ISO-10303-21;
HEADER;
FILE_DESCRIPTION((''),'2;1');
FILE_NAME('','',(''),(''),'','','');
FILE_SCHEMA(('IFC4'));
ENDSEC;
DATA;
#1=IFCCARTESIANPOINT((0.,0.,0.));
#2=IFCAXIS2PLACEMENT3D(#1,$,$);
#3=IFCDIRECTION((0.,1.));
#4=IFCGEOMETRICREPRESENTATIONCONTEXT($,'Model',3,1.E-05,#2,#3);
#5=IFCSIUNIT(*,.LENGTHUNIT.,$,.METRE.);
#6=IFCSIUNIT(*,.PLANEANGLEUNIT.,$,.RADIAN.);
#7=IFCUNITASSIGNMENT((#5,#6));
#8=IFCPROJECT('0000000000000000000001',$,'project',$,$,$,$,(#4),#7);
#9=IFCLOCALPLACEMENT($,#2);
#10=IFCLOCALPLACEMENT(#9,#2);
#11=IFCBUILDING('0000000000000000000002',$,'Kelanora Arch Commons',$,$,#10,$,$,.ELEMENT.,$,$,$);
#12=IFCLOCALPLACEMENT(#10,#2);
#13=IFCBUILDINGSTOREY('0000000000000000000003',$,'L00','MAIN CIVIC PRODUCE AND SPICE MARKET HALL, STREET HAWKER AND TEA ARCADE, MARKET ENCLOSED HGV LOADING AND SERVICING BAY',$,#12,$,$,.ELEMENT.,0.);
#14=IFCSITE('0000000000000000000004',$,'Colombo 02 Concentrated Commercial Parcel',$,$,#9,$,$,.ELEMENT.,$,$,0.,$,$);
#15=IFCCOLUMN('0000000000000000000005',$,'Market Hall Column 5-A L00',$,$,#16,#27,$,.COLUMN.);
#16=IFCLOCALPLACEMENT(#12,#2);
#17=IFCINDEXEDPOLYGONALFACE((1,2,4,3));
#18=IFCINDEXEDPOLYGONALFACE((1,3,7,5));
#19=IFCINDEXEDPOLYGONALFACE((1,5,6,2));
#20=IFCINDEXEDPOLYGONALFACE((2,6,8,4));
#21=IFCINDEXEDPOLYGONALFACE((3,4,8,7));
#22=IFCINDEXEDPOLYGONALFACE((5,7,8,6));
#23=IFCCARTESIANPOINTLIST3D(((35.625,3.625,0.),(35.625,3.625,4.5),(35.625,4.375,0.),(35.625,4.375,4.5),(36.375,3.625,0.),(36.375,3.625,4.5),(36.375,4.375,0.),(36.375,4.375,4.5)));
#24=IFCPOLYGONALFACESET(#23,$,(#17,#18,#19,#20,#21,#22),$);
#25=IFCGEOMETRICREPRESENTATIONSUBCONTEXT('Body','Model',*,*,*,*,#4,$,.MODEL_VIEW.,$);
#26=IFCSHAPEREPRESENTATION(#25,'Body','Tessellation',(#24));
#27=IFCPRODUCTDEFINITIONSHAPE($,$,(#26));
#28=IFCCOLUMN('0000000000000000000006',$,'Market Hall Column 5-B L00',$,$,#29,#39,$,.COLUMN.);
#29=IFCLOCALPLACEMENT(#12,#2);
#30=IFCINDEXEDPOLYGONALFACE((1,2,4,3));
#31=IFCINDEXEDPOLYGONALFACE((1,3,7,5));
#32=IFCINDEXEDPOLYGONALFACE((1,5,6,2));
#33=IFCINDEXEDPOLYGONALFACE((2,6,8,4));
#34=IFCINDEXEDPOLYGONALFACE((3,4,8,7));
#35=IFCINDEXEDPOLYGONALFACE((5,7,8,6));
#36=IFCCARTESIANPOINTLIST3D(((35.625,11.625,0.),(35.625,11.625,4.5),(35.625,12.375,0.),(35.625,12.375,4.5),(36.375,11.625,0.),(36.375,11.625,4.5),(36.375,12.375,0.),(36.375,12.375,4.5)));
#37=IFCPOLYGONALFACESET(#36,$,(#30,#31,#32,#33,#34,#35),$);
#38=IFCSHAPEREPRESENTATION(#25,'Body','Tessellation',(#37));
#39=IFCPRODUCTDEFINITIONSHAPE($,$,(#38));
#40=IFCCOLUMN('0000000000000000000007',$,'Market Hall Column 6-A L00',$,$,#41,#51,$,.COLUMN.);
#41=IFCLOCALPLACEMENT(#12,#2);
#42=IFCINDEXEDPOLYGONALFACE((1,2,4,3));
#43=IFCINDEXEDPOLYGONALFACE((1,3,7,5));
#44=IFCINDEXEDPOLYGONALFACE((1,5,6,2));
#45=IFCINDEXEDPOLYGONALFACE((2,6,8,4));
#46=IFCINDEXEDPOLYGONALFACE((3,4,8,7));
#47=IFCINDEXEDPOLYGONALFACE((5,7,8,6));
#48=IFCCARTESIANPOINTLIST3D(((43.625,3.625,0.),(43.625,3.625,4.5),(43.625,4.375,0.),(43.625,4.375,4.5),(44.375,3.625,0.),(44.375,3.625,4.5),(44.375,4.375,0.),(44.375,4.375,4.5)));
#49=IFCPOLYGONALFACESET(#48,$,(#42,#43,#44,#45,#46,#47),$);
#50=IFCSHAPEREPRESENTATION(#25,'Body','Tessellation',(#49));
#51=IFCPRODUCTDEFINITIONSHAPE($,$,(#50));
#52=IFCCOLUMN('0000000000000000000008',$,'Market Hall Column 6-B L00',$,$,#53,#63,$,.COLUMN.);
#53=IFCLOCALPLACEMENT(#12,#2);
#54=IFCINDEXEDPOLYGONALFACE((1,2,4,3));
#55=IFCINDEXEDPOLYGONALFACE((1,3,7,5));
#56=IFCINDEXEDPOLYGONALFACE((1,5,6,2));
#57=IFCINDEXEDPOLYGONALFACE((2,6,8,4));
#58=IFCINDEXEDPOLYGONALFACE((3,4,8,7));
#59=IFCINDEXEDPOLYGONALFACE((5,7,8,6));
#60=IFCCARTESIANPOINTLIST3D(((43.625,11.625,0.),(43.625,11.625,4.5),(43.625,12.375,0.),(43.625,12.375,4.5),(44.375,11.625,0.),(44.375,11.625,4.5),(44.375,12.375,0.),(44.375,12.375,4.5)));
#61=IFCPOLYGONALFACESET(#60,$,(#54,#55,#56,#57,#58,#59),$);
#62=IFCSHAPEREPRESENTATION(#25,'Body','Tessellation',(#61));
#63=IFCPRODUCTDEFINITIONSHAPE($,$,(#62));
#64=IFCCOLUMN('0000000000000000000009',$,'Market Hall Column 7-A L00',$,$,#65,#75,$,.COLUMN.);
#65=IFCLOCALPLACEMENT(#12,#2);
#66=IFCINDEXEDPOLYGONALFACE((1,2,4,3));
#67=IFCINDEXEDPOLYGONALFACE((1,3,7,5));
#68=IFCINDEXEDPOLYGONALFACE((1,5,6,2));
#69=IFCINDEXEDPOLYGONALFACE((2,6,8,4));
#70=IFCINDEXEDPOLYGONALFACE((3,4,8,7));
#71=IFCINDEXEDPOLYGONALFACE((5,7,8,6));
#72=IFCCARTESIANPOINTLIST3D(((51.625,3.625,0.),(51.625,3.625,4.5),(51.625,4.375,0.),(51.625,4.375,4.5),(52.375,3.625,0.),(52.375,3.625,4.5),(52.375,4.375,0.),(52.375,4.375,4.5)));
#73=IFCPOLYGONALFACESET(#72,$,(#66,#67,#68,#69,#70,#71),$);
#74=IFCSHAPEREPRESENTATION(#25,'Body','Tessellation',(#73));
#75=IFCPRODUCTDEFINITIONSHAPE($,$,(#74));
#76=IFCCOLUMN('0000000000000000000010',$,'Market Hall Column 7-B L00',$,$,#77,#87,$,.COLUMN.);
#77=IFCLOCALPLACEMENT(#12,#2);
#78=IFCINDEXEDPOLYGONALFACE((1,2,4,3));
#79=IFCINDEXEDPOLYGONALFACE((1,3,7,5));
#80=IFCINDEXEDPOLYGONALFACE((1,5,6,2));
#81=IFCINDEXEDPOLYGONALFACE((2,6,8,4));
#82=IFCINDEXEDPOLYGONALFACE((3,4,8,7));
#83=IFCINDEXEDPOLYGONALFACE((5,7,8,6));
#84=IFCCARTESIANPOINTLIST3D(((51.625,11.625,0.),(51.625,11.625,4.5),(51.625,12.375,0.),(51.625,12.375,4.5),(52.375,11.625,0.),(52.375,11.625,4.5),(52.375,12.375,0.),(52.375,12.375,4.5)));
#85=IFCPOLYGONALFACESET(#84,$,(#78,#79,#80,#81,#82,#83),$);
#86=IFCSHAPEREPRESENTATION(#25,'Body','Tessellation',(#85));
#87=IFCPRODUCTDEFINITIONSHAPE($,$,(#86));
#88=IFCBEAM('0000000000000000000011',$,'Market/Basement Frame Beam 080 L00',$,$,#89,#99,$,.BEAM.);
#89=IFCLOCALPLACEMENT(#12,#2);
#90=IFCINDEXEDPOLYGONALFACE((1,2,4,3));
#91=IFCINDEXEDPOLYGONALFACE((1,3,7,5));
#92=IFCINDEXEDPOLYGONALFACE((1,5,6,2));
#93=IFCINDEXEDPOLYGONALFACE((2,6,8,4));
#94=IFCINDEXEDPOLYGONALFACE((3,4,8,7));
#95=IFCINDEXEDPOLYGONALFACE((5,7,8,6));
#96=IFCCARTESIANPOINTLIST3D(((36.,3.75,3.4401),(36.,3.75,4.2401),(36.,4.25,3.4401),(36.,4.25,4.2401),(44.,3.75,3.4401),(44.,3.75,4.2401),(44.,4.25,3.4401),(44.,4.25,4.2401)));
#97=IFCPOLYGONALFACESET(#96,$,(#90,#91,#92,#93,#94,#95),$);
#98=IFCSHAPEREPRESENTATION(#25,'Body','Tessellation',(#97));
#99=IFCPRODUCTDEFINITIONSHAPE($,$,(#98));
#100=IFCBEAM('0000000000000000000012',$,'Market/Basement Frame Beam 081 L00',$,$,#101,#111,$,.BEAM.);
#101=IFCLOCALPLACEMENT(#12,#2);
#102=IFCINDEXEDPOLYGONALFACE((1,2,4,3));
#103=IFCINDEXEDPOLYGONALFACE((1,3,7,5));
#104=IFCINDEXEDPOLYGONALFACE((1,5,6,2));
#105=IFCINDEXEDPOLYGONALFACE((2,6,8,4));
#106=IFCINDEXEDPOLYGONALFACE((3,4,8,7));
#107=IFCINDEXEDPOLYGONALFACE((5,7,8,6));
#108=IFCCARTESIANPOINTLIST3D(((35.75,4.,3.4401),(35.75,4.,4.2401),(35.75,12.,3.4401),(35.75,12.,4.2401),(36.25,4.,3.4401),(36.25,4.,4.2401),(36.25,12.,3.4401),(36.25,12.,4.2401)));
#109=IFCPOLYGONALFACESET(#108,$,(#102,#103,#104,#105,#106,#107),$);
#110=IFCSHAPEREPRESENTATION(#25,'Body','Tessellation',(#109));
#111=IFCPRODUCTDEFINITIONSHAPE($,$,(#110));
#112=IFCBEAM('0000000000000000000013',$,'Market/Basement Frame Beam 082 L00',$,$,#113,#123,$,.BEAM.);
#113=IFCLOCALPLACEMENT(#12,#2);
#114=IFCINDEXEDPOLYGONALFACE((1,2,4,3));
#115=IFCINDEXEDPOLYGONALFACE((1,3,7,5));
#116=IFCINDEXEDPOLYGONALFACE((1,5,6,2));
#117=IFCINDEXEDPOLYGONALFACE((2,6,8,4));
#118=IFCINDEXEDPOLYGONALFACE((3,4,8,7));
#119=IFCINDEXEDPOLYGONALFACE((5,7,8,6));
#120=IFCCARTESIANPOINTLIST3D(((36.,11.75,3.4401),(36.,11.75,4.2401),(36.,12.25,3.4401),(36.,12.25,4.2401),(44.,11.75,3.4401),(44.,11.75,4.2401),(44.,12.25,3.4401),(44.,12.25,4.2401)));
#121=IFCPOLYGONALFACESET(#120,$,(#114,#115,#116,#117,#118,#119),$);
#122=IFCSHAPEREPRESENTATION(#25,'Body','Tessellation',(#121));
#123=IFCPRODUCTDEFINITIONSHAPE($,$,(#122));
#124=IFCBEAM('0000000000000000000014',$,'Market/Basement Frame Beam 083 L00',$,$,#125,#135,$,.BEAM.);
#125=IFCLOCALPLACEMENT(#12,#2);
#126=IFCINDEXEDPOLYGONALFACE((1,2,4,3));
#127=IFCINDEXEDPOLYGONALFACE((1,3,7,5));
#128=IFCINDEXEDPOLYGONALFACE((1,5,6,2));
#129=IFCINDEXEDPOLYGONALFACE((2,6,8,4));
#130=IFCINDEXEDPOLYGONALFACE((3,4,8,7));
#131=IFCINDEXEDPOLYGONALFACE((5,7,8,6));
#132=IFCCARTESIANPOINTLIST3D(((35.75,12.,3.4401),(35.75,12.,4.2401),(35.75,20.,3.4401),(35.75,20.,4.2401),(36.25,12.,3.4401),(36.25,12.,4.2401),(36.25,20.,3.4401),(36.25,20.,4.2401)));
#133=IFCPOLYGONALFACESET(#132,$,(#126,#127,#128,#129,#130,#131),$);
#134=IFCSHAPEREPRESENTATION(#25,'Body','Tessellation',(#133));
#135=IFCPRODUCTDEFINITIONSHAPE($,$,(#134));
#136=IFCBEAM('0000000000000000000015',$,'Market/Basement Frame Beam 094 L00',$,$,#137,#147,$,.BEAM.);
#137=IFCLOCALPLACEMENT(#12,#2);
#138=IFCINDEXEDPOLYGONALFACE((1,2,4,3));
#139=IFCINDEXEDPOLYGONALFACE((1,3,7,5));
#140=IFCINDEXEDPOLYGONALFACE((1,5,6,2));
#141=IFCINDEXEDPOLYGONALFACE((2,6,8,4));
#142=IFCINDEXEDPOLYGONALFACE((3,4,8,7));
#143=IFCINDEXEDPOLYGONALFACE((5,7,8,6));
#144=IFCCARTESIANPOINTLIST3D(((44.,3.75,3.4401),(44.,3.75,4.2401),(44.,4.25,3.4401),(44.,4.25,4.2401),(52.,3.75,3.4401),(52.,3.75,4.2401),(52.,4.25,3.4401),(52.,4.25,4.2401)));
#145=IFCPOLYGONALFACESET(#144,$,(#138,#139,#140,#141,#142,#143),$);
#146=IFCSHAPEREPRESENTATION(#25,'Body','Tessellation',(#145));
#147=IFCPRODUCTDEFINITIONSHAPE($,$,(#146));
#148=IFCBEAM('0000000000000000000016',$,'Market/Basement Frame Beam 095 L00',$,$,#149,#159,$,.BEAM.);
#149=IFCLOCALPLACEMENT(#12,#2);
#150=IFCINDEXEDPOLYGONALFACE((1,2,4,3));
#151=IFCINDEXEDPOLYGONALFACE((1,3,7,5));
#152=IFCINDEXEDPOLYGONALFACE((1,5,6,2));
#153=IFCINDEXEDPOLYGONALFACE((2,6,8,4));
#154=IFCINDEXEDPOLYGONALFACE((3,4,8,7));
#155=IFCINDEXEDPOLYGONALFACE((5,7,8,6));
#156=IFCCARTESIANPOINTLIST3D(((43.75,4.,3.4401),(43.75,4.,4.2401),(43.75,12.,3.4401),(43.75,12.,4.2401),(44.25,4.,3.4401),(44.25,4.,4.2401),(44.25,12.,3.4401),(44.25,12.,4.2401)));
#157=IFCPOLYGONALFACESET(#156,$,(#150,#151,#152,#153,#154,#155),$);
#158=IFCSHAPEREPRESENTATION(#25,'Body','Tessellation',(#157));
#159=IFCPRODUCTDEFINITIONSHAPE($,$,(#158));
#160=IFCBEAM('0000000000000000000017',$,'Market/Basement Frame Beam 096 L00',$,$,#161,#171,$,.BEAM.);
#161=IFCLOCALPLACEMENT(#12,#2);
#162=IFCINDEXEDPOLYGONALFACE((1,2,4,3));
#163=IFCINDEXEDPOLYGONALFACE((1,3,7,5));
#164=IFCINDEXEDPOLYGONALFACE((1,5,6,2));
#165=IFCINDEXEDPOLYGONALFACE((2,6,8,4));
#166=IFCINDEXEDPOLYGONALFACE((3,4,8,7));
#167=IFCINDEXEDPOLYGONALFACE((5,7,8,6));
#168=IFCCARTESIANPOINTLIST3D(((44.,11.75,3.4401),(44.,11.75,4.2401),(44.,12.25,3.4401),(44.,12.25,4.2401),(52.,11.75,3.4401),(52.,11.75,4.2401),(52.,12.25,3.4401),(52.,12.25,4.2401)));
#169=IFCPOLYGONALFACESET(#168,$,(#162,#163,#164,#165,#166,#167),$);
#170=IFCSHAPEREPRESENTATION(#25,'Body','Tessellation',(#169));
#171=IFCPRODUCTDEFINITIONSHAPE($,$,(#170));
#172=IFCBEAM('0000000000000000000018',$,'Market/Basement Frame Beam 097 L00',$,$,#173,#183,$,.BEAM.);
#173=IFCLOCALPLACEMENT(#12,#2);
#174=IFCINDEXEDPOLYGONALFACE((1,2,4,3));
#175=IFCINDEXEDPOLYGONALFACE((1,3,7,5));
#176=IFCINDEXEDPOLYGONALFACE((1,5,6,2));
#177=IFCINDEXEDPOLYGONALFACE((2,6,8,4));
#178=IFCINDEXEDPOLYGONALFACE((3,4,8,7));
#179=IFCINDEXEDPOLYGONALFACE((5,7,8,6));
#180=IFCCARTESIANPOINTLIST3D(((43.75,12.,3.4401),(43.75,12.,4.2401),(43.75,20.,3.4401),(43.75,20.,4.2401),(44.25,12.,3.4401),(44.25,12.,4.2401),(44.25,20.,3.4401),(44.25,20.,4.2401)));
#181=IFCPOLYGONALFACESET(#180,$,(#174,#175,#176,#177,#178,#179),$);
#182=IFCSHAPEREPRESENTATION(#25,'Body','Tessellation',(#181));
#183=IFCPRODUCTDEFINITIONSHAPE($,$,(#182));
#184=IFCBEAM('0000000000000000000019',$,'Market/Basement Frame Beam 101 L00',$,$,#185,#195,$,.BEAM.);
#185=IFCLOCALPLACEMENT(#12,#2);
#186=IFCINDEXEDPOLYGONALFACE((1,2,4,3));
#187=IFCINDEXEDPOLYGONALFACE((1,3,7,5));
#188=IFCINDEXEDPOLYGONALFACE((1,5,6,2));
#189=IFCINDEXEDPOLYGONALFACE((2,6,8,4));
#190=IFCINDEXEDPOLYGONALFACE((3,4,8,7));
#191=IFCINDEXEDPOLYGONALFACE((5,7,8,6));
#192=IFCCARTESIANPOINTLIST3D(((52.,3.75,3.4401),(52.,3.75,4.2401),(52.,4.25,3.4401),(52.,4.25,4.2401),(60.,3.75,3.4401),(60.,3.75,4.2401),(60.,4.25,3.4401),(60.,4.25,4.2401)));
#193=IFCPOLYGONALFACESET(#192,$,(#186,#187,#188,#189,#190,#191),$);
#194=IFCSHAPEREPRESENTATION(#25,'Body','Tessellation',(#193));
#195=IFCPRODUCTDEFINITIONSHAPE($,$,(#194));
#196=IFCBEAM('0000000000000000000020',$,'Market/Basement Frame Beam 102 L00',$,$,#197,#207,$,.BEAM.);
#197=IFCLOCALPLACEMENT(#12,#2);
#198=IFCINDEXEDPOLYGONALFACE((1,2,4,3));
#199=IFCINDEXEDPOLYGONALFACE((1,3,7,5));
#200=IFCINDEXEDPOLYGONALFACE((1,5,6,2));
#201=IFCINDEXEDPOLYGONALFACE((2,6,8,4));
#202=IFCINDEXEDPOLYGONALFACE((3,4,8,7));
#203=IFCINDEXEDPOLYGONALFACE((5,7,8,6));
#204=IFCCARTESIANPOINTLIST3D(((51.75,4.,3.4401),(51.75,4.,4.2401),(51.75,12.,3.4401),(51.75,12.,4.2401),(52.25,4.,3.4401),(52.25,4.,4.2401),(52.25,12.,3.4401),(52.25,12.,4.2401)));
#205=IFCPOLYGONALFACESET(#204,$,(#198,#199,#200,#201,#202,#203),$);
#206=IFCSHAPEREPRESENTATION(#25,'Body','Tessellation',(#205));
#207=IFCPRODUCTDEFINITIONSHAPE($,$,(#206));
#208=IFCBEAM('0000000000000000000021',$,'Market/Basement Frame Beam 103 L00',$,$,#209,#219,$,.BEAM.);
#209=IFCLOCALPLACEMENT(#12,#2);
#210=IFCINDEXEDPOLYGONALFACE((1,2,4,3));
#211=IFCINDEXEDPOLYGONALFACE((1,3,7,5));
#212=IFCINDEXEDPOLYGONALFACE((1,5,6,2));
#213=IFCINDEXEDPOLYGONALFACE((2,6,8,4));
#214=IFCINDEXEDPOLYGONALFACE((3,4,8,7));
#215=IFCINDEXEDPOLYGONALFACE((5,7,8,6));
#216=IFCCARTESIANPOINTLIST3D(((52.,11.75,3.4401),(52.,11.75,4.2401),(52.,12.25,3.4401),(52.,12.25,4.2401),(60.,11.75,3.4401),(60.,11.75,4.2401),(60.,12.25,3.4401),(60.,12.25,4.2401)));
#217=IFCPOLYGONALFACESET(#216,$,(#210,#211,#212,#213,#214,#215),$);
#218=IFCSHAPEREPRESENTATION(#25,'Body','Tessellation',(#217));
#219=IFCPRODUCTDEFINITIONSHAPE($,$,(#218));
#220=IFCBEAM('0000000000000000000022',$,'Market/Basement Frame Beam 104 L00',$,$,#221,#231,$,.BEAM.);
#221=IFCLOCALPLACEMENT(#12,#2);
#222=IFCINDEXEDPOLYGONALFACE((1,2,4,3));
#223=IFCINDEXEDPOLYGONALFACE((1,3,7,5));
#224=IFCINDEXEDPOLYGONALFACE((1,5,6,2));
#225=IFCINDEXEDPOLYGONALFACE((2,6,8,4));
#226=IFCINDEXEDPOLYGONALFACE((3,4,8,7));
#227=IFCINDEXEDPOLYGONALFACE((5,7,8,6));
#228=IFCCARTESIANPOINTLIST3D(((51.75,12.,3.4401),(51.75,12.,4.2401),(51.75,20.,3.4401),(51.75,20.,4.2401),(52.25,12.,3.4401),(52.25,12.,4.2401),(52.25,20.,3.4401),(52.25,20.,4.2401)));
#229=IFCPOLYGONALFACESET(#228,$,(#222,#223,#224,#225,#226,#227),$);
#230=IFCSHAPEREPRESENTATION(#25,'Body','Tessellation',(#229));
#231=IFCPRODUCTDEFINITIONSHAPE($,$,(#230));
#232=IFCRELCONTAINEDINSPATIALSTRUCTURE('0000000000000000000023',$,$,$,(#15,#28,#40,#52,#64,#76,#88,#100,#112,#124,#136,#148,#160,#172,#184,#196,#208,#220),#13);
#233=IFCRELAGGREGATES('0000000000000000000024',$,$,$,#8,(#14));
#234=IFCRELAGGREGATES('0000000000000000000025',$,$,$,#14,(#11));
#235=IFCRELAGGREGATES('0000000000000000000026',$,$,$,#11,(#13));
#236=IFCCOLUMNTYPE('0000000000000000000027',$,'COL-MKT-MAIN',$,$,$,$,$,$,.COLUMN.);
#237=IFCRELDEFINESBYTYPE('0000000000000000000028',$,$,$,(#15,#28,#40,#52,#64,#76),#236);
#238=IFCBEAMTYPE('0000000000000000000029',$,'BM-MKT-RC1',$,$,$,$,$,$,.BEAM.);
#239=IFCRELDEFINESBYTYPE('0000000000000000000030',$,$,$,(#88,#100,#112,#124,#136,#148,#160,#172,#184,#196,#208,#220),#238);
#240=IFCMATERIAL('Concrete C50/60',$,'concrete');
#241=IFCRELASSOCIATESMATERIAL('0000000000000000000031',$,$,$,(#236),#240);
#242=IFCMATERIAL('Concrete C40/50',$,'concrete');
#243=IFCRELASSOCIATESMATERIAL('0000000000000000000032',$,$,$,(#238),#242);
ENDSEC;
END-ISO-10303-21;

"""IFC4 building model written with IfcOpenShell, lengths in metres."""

from ifc_helpers import new_model, si_unit, direction, frame, origin, origin_2d, place, context, subcontext, project, spatial, rectangle, extrude, material, material_profile, profile_set, type_object, element, save


model = new_model("IFC4")

# Units and contexts
model_context = context("Model", 3, precision=1e-05, world=origin(), true_north=direction((0.0, 1.0)))
body_context = subcontext(model_context, "Body", "Model", "MODEL_VIEW")
ifc_project = project(units=[si_unit("LENGTHUNIT", "METRE"), si_unit("PLANEANGLEUNIT", "RADIAN")], contexts=[model_context])

# Site, building, storey
site_placement = place(None, origin())
site = spatial("IfcSite", under=ifc_project, at=site_placement, Name="Colombo 02 Concentrated Commercial Parcel", CompositionType="ELEMENT", RefElevation=0.0)
building_placement = place(site_placement, origin())
building = spatial("IfcBuilding", under=site, at=building_placement, Name="Kelanora Arch Commons", CompositionType="ELEMENT")
storey_placement = place(building_placement, origin())
storey = spatial("IfcBuildingStorey", under=building, at=storey_placement, Name="L00", Description="MAIN CIVIC PRODUCE AND SPICE MARKET HALL, STREET HAWKER AND TEA ARCADE, MARKET ENCLOSED HGV LOADING AND SERVICING BAY", CompositionType="ELEMENT", Elevation=0.0)

# Columns
ifc_material_1 = material(Name="Concrete C50/60", Category="concrete")
ifc_material_profile_1 = material_profile(ifc_material_1, rectangle(XDim=0.75, YDim=0.75, at=origin_2d()), Name="RC750x750")
ifc_profile_set_1 = profile_set([ifc_material_profile_1], Name="Concrete C50/60")
column_type = type_object("IfcColumnType", Name="COL-MKT-MAIN", PredefinedType="COLUMN", material=ifc_profile_set_1)
for number, where, z_axis, x_axis, name in (
    (1, (36.0, 4.0, 0.0), (0.0, 0.0, 1.0), (1.0, 0.0, 0.0), "Market Hall Column 5-A L00"),
    (2, (36.0, 12.0, 0.0), (0.0, 0.0, 1.0), (1.0, 0.0, 0.0), "Market Hall Column 5-B L00"),
    (3, (44.0, 4.0, 0.0), (0.0, 0.0, 1.0), (1.0, 0.0, 0.0), "Market Hall Column 6-A L00"),
    (4, (44.0, 12.0, 0.0), (0.0, 0.0, 1.0), (1.0, 0.0, 0.0), "Market Hall Column 6-B L00"),
    (5, (52.0, 4.0, 0.0), (0.0, 0.0, 1.0), (1.0, 0.0, 0.0), "Market Hall Column 7-A L00"),
    (6, (52.0, 12.0, 0.0), (0.0, 0.0, 1.0), (1.0, 0.0, 0.0), "Market Hall Column 7-B L00"),
):
    element("IfcColumn", number, at=place(storey_placement, frame(where, z_axis=z_axis, x_axis=x_axis)), inside=storey, type_object=column_type, Name=name, PredefinedType="COLUMN", context=body_context, shape_type="SweptSolid", body=[
        extrude(rectangle(XDim=0.75, YDim=0.75, at=origin_2d()), origin(), (0.0, 0.0, 1.0), 4.5),
    ])

# Beams
ifc_material_2 = material(Name="Concrete C40/50", Category="concrete")
ifc_material_profile_2 = material_profile(ifc_material_2, rectangle(XDim=0.5, YDim=0.8, at=origin_2d()), Name="RCB500x800")
ifc_profile_set_2 = profile_set([ifc_material_profile_2], Name="Concrete C40/50")
beam_type = type_object("IfcBeamType", Name="BM-MKT-RC1", PredefinedType="BEAM", material=ifc_profile_set_2)
for number, where, z_axis, x_axis, name in (
    (7, (36.0, 4.0, 3.8401), (1.0, 0.0, 0.0), (0.0, 1.0, 0.0), "Market/Basement Frame Beam 080 L00"),
    (8, (36.0, 4.0, 3.8401), (0.0, 1.0, 0.0), (-1.0, 0.0, 0.0), "Market/Basement Frame Beam 081 L00"),
    (9, (36.0, 12.0, 3.8401), (1.0, 0.0, 0.0), (0.0, 1.0, 0.0), "Market/Basement Frame Beam 082 L00"),
    (10, (36.0, 12.0, 3.8401), (0.0, 1.0, 0.0), (-1.0, 0.0, 0.0), "Market/Basement Frame Beam 083 L00"),
    (11, (44.0, 4.0, 3.8401), (1.0, 0.0, 0.0), (0.0, 1.0, 0.0), "Market/Basement Frame Beam 094 L00"),
    (12, (44.0, 4.0, 3.8401), (0.0, 1.0, 0.0), (-1.0, 0.0, 0.0), "Market/Basement Frame Beam 095 L00"),
    (13, (44.0, 12.0, 3.8401), (1.0, 0.0, 0.0), (0.0, 1.0, 0.0), "Market/Basement Frame Beam 096 L00"),
    (14, (44.0, 12.0, 3.8401), (0.0, 1.0, 0.0), (-1.0, 0.0, 0.0), "Market/Basement Frame Beam 097 L00"),
    (15, (52.0, 4.0, 3.8401), (1.0, 0.0, 0.0), (0.0, 1.0, 0.0), "Market/Basement Frame Beam 101 L00"),
    (16, (52.0, 4.0, 3.8401), (0.0, 1.0, 0.0), (-1.0, 0.0, 0.0), "Market/Basement Frame Beam 102 L00"),
    (17, (52.0, 12.0, 3.8401), (1.0, 0.0, 0.0), (0.0, 1.0, 0.0), "Market/Basement Frame Beam 103 L00"),
    (18, (52.0, 12.0, 3.8401), (0.0, 1.0, 0.0), (-1.0, 0.0, 0.0), "Market/Basement Frame Beam 104 L00"),
):
    element("IfcBeam", number, at=place(storey_placement, frame(where, z_axis=z_axis, x_axis=x_axis)), inside=storey, type_object=beam_type, Name=name, PredefinedType="BEAM", context=body_context, shape_type="SweptSolid", body=[
        extrude(rectangle(XDim=0.5, YDim=0.8, at=origin_2d()), origin(), (0.0, 0.0, 1.0), 8.0),
    ])

save(model, "model.ifc")
